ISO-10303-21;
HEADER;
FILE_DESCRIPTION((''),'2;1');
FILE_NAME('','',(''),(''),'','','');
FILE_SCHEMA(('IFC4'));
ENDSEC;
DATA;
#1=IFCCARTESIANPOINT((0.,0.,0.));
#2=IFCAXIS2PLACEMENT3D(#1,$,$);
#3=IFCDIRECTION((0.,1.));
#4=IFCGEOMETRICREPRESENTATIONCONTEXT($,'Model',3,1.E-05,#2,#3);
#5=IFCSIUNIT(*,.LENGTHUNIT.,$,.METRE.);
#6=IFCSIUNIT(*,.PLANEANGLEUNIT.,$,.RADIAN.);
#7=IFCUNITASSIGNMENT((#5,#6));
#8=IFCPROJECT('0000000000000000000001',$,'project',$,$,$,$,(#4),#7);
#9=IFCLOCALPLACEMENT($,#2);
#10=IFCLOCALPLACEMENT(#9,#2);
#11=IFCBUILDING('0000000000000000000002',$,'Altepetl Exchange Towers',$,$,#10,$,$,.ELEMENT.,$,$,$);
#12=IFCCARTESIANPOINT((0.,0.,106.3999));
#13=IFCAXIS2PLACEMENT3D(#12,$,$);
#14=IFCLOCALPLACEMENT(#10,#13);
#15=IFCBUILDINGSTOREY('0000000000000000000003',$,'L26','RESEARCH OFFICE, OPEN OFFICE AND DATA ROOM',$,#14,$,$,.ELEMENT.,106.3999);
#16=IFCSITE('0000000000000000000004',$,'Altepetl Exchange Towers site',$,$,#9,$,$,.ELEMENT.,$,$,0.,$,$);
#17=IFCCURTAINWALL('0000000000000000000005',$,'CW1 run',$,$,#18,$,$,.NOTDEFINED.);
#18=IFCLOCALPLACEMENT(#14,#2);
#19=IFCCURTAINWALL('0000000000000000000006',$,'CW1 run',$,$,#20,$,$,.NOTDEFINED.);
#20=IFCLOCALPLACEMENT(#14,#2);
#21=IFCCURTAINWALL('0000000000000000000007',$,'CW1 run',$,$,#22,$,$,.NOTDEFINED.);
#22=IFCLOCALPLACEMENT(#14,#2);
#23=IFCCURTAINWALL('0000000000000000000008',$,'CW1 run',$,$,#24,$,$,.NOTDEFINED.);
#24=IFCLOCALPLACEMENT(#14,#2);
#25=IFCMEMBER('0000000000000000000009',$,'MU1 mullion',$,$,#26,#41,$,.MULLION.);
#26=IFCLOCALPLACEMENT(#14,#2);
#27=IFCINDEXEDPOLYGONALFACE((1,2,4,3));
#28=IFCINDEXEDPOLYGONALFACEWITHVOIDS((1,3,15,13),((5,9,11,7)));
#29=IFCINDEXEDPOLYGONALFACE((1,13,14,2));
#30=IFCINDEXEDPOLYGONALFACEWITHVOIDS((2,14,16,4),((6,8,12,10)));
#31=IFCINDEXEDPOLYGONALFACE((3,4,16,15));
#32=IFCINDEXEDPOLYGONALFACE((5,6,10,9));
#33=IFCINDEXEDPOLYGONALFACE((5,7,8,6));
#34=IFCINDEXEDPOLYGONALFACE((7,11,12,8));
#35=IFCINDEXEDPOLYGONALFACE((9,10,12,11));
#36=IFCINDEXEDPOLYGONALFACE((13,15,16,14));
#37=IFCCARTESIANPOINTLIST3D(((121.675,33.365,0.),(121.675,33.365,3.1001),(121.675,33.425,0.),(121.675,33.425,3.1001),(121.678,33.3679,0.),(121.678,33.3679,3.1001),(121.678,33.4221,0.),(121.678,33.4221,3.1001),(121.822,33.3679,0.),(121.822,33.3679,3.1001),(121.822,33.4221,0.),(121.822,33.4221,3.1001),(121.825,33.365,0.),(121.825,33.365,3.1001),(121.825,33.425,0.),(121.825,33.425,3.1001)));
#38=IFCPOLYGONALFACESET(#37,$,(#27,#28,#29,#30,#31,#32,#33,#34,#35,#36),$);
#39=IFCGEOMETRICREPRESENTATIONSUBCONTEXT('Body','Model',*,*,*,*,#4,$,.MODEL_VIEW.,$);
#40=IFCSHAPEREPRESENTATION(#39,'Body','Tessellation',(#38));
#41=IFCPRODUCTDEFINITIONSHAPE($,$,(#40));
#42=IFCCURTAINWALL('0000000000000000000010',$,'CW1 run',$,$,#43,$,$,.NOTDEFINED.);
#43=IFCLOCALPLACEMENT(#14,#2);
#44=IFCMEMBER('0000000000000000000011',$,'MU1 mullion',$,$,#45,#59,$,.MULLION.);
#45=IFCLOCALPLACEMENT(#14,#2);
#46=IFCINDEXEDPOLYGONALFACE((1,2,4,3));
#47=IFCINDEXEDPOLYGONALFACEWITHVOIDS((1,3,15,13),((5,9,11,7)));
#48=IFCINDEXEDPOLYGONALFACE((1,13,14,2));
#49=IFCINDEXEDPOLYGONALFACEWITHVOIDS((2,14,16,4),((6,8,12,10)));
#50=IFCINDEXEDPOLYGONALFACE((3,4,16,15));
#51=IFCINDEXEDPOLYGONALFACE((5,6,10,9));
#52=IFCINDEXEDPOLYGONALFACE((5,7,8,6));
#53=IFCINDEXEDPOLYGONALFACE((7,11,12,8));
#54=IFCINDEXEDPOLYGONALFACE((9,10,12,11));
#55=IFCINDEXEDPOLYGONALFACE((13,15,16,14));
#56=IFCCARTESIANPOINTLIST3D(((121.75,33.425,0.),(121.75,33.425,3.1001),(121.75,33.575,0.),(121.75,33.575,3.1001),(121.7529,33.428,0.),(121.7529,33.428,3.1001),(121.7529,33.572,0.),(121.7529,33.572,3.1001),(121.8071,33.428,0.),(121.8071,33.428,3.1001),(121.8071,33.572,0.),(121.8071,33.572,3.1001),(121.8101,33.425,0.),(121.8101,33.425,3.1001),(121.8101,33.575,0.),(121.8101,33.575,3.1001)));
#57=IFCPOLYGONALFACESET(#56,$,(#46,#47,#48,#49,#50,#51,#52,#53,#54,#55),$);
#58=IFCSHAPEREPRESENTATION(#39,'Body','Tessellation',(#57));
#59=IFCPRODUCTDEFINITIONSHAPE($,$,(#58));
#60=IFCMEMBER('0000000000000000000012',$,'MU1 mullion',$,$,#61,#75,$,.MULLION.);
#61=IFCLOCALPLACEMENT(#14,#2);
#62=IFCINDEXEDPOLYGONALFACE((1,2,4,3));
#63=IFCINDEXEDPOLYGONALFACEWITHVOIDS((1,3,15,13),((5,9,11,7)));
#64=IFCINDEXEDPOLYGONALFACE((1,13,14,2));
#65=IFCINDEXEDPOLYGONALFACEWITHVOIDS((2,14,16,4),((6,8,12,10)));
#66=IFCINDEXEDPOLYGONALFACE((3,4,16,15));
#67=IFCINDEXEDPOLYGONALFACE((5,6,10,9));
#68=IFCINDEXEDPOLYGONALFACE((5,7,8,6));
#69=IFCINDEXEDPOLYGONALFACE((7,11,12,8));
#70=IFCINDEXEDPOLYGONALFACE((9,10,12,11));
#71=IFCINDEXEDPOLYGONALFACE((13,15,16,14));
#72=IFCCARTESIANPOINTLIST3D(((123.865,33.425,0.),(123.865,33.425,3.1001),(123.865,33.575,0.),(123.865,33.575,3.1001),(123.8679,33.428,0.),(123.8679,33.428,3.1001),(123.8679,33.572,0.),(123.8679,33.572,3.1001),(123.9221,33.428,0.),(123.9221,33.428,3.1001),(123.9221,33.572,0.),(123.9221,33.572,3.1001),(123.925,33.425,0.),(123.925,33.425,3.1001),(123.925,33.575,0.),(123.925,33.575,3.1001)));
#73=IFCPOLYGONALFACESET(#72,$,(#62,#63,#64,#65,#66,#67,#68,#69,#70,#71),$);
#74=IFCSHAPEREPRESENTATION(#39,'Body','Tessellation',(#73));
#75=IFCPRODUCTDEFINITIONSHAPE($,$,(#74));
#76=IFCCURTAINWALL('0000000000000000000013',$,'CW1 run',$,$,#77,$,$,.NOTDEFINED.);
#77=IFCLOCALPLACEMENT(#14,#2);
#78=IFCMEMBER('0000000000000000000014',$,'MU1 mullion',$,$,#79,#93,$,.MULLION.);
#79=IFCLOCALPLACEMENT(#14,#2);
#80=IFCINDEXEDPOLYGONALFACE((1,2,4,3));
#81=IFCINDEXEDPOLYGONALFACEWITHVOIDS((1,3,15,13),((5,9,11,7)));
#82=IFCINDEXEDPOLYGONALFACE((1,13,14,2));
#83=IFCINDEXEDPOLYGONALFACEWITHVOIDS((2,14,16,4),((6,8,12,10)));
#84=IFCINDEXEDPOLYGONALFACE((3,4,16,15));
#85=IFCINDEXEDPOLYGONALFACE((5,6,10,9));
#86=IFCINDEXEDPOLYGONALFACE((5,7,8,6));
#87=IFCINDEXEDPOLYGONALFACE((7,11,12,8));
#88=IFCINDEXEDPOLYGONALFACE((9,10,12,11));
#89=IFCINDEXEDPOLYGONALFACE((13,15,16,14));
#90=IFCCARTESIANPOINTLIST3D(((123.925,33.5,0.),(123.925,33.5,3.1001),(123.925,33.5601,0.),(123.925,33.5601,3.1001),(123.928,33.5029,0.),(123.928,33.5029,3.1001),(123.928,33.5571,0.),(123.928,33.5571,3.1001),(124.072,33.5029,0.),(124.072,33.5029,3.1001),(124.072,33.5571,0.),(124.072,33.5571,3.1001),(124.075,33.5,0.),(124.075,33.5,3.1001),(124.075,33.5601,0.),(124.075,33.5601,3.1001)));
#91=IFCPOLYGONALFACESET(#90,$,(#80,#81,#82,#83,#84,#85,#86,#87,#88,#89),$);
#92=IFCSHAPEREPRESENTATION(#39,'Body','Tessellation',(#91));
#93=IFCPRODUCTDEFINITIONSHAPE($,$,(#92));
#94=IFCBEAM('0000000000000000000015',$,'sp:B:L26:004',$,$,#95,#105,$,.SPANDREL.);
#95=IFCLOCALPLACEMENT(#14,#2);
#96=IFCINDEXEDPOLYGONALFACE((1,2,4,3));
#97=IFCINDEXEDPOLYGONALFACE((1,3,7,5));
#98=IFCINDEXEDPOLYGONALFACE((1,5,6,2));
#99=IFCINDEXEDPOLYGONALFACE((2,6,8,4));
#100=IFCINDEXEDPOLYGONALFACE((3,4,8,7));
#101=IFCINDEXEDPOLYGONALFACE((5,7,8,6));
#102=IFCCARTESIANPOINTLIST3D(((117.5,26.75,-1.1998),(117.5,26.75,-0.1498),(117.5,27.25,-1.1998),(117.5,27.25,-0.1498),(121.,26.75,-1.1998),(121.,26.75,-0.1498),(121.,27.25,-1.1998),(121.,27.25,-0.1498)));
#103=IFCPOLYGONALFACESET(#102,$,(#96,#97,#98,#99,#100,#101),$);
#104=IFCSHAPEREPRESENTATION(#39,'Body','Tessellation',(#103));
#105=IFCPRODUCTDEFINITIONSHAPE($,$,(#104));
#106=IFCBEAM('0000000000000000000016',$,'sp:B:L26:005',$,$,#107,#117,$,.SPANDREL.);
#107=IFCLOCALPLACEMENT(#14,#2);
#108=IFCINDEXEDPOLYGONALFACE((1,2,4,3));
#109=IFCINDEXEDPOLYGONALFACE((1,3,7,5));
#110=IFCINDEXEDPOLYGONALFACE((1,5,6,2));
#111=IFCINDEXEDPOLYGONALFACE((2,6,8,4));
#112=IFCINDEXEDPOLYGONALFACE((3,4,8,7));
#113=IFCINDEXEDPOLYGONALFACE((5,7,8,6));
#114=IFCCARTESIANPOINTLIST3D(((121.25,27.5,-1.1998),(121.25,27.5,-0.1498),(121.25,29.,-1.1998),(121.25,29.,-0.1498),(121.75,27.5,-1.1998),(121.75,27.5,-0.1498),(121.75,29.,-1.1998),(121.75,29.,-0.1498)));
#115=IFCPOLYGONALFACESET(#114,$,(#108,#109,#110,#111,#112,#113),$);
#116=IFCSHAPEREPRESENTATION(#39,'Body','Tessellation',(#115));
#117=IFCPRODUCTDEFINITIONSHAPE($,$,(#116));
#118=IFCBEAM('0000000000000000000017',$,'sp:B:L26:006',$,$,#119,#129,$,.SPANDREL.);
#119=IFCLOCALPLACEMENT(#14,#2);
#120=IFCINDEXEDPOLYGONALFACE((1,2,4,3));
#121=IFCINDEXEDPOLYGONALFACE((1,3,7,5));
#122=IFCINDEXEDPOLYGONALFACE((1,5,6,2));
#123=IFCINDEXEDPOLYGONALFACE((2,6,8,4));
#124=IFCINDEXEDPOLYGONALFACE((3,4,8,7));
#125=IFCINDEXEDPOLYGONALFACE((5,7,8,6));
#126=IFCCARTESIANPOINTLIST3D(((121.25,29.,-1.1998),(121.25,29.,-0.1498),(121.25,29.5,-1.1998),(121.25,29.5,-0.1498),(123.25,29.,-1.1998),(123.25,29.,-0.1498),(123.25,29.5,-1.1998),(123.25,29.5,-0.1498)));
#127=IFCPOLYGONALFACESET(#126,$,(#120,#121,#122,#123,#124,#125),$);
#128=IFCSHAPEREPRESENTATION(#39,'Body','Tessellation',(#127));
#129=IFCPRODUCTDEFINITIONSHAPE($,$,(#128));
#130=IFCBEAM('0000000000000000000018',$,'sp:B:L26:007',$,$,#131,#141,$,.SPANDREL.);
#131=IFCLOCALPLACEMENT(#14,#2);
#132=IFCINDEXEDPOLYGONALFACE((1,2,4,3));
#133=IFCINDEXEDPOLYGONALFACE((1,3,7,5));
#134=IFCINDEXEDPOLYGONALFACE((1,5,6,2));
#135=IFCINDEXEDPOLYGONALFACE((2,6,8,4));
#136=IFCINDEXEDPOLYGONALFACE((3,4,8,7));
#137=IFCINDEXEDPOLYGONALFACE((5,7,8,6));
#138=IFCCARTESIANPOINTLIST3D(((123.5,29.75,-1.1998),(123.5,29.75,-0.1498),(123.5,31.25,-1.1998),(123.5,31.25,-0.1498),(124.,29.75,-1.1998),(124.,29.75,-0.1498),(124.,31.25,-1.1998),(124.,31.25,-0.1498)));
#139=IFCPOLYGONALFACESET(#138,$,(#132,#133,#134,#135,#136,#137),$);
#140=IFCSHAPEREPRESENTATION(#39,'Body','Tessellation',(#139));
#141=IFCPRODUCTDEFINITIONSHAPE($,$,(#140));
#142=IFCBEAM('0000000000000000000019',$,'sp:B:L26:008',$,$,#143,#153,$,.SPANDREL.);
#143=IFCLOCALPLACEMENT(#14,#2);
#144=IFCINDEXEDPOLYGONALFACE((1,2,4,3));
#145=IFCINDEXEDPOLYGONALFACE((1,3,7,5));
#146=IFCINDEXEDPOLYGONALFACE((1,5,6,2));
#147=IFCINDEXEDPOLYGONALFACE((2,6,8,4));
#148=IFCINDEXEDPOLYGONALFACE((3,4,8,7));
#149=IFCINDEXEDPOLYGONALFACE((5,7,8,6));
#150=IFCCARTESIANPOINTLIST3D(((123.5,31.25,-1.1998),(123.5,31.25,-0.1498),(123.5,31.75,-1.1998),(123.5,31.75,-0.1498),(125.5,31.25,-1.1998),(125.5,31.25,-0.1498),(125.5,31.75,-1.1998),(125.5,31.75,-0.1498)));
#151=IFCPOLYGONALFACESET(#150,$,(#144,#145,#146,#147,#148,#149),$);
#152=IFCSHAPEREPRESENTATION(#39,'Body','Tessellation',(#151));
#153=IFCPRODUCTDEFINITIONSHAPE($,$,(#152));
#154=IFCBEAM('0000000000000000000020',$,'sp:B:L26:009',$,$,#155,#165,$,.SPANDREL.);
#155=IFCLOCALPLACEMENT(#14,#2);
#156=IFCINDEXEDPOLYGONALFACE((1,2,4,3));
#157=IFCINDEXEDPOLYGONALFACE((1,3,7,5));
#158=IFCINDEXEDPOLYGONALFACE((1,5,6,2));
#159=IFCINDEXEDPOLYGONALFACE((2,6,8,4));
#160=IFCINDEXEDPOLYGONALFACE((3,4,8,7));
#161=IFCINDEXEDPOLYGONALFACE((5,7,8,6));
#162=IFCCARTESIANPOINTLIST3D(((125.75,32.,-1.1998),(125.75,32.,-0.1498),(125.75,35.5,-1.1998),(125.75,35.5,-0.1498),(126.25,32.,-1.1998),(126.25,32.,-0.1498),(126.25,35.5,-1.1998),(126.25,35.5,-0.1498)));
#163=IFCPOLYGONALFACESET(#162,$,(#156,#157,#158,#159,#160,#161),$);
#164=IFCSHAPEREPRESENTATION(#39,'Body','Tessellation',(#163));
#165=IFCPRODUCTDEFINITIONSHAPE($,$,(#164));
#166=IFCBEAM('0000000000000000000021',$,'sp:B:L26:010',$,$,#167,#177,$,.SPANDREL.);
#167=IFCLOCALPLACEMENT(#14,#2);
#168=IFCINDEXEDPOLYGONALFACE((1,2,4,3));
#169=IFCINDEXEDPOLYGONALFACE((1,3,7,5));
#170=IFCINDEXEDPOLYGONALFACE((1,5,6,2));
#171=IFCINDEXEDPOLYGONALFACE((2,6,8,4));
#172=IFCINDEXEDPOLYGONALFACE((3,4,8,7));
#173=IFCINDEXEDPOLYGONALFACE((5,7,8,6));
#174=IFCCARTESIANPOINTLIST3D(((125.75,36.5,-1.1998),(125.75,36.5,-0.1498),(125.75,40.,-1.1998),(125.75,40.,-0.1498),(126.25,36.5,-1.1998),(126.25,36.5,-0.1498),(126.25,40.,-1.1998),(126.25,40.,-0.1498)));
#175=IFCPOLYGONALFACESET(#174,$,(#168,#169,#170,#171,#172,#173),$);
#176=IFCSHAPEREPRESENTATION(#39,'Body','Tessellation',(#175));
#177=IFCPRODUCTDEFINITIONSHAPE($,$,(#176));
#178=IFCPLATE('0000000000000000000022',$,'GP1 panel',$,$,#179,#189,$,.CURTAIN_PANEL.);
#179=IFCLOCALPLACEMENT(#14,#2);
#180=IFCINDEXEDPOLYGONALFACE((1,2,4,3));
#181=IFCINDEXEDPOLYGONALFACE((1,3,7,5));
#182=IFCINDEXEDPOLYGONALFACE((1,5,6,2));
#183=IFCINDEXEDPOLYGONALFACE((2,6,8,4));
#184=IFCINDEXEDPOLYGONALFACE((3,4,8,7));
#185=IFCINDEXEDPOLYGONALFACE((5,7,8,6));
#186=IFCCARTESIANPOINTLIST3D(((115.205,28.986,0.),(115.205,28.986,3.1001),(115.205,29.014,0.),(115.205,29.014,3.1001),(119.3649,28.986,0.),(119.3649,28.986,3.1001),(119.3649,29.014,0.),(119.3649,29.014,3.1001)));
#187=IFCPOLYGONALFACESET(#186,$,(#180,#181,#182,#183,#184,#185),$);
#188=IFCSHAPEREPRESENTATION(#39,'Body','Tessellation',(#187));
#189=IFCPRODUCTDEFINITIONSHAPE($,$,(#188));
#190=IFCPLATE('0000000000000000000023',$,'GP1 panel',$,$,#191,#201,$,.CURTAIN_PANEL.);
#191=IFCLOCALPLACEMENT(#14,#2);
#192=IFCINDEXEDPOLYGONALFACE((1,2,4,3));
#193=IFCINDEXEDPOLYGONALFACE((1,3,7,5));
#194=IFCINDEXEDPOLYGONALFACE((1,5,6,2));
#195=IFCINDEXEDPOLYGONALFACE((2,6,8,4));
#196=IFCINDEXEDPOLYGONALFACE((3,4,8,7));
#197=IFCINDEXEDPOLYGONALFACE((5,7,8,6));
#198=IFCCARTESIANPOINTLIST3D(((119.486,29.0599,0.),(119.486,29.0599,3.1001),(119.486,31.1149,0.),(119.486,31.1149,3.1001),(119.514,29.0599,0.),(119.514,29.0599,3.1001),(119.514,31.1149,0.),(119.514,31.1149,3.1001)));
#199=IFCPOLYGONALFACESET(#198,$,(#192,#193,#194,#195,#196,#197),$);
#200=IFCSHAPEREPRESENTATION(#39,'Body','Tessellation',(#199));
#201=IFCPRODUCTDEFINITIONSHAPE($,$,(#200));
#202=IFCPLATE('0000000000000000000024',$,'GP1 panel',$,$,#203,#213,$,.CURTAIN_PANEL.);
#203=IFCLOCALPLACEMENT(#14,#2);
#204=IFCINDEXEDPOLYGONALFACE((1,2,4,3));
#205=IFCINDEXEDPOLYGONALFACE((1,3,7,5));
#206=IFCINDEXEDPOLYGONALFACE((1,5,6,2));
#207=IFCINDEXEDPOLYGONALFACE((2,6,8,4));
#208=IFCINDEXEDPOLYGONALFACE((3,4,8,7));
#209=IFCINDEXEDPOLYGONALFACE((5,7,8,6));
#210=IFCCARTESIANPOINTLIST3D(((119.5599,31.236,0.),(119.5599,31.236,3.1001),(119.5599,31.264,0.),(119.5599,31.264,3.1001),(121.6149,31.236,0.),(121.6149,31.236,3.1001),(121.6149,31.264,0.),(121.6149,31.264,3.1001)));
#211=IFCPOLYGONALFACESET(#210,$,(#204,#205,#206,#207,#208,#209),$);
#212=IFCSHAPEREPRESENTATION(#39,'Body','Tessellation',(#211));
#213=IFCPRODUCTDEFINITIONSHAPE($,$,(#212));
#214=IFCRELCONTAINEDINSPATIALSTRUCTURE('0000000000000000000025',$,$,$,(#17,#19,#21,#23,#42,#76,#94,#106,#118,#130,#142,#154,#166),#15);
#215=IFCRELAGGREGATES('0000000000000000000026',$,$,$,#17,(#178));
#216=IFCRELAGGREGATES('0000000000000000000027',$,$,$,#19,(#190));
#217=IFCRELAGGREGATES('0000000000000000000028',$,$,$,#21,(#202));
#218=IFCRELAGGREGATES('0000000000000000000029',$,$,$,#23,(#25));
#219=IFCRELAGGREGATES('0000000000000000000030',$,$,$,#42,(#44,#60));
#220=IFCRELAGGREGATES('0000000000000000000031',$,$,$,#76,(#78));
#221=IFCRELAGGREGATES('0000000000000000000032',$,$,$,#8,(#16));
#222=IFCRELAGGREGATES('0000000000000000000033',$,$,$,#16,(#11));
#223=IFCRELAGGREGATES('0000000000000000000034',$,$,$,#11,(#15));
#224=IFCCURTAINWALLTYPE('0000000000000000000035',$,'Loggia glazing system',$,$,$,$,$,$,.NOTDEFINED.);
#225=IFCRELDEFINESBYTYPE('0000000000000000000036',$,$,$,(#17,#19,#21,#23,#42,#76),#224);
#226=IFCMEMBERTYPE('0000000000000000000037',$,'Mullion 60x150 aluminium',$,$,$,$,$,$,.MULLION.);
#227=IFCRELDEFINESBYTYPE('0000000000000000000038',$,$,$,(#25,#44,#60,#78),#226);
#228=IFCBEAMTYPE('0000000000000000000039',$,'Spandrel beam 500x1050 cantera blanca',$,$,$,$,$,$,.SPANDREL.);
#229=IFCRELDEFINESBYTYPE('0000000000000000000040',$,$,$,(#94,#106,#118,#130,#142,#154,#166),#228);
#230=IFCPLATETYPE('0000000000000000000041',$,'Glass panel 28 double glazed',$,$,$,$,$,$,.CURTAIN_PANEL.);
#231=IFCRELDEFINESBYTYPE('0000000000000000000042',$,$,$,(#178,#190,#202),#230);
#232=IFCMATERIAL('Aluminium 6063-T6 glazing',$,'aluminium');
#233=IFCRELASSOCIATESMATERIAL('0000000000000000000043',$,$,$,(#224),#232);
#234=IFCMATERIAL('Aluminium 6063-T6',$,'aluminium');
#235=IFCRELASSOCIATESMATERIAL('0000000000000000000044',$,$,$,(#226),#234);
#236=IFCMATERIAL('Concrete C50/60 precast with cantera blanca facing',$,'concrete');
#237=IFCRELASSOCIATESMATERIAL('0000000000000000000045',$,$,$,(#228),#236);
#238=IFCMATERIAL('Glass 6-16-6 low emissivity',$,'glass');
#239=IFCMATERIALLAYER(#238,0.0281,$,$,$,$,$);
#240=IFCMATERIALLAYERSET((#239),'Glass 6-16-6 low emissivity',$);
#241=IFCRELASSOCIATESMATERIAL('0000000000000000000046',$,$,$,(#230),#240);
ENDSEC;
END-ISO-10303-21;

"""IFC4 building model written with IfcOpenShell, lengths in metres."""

from ifc_helpers import new_model, si_unit, direction, frame, origin, origin_2d, place, context, subcontext, project, spatial, rectangle, hollow_rectangle, extrude, material, layer, layer_set, material_profile, profile_set, type_object, element, aggregate, save


model = new_model("IFC4")

# Units and contexts
model_context = context("Model", 3, precision=1e-05, world=origin(), true_north=direction((0.0, 1.0)))
body_context = subcontext(model_context, "Body", "Model", "MODEL_VIEW")
ifc_project = project(units=[si_unit("LENGTHUNIT", "METRE"), si_unit("PLANEANGLEUNIT", "RADIAN")], contexts=[model_context])

# Site, building, storey
site_placement = place(None, origin())
site = spatial("IfcSite", under=ifc_project, at=site_placement, Name="Altepetl Exchange Towers site", CompositionType="ELEMENT", RefElevation=0.0)
building_placement = place(site_placement, origin())
building = spatial("IfcBuilding", under=site, at=building_placement, Name="Altepetl Exchange Towers", CompositionType="ELEMENT")
storey_placement = place(building_placement, frame((0.0, 0.0, 106.3999)))
storey = spatial("IfcBuildingStorey", under=building, at=storey_placement, Name="L26", Description="RESEARCH OFFICE, OPEN OFFICE AND DATA ROOM", CompositionType="ELEMENT", Elevation=106.3999)

# Curtain wall
ifc_material_1 = material(Name="Aluminium 6063-T6 glazing", Category="aluminium")
curtain_wall_type = type_object("IfcCurtainWallType", Name="Loggia glazing system", PredefinedType="NOTDEFINED", material=ifc_material_1)
curtain_wall_1_placement = place(storey_placement, origin())
curtain_wall_1 = element("IfcCurtainWall", 1, at=curtain_wall_1_placement, inside=storey, type_object=curtain_wall_type, Name="CW1 run", PredefinedType="NOTDEFINED")
ifc_material_2 = material(Name="Aluminium 6063-T6", Category="aluminium")
ifc_material_profile_1 = material_profile(ifc_material_2, hollow_rectangle(XDim=0.0601, YDim=0.1499, WallThickness=0.0029, at=origin_2d()), Name="Mullion 60x150 aluminium")
ifc_profile_set_1 = profile_set([ifc_material_profile_1], Name="Aluminium 6063-T6")
member_type = type_object("IfcMemberType", Name="Mullion 60x150 aluminium", PredefinedType="MULLION", material=ifc_profile_set_1)

# Curtain walls, members
curtain_wall_2_placement = place(storey_placement, origin())
curtain_wall_2 = element("IfcCurtainWall", 2, at=curtain_wall_2_placement, inside=storey, type_object=curtain_wall_type, Name="CW1 run", PredefinedType="NOTDEFINED")
curtain_wall_3_placement = place(storey_placement, origin())
curtain_wall_3 = element("IfcCurtainWall", 3, at=curtain_wall_3_placement, inside=storey, type_object=curtain_wall_type, Name="CW1 run", PredefinedType="NOTDEFINED")
curtain_wall_4_placement = place(storey_placement, origin())
curtain_wall_4 = element("IfcCurtainWall", 4, at=curtain_wall_4_placement, inside=storey, type_object=curtain_wall_type, Name="CW1 run", PredefinedType="NOTDEFINED")
member_1_placement = place(storey_placement, frame((121.75, 33.395, 0.0), z_axis=(0.0, 0.0, 1.0), x_axis=(0.0, 1.0, 0.0)))
member_1 = element("IfcMember", 5, at=member_1_placement, type_object=member_type, Name="MU1 mullion", PredefinedType="MULLION", context=body_context, shape_type="SweptSolid", body=[
    extrude(hollow_rectangle(XDim=0.0601, YDim=0.1499, WallThickness=0.0029, at=origin_2d()), origin(), (0.0, 0.0, 1.0), 3.1001),
])
curtain_wall_5_placement = place(storey_placement, origin())
curtain_wall_5 = element("IfcCurtainWall", 6, at=curtain_wall_5_placement, inside=storey, type_object=curtain_wall_type, Name="CW1 run", PredefinedType="NOTDEFINED")
member_2_placement = place(storey_placement, frame((121.78, 33.5, 0.0)))
member_2 = element("IfcMember", 7, at=member_2_placement, type_object=member_type, Name="MU1 mullion", PredefinedType="MULLION", context=body_context, shape_type="SweptSolid", body=[
    extrude(hollow_rectangle(XDim=0.0601, YDim=0.1499, WallThickness=0.0029, at=origin_2d()), origin(), (0.0, 0.0, 1.0), 3.1001),
])
member_3_placement = place(storey_placement, frame((123.895, 33.5, 0.0)))
member_3 = element("IfcMember", 8, at=member_3_placement, type_object=member_type, Name="MU1 mullion", PredefinedType="MULLION", context=body_context, shape_type="SweptSolid", body=[
    extrude(hollow_rectangle(XDim=0.0601, YDim=0.1499, WallThickness=0.0029, at=origin_2d()), origin(), (0.0, 0.0, 1.0), 3.1001),
])

# Curtain wall, member
curtain_wall_6_placement = place(storey_placement, origin())
curtain_wall_6 = element("IfcCurtainWall", 9, at=curtain_wall_6_placement, inside=storey, type_object=curtain_wall_type, Name="CW1 run", PredefinedType="NOTDEFINED")
member_4_placement = place(storey_placement, frame((124.0, 33.53, 0.0), z_axis=(0.0, 0.0, 1.0), x_axis=(0.0, 1.0, 0.0)))
member_4 = element("IfcMember", 10, at=member_4_placement, type_object=member_type, Name="MU1 mullion", PredefinedType="MULLION", context=body_context, shape_type="SweptSolid", body=[
    extrude(hollow_rectangle(XDim=0.0601, YDim=0.1499, WallThickness=0.0029, at=origin_2d()), origin(), (0.0, 0.0, 1.0), 3.1001),
])

# Beams
ifc_material_3 = material(Name="Concrete C50/60 precast with cantera blanca facing", Category="concrete")
ifc_material_profile_2 = material_profile(ifc_material_3, rectangle(XDim=0.5, YDim=1.05, at=origin_2d()), Name="500 x 1050")
ifc_profile_set_2 = profile_set([ifc_material_profile_2], Name="Concrete C50/60 precast with cantera blanca facing")
beam_type_1 = type_object("IfcBeamType", Name="Spandrel beam 500x1050 cantera blanca", PredefinedType="SPANDREL", material=ifc_profile_set_2)
beam_1_placement = place(storey_placement, frame((117.5, 27.0, -0.6748), z_axis=(1.0, 0.0, 0.0), x_axis=(0.0, 1.0, 0.0)))
element("IfcBeam", 11, at=beam_1_placement, inside=storey, type_object=beam_type_1, Name="sp:B:L26:004", PredefinedType="SPANDREL", context=body_context, shape_type="SweptSolid", body=[
    extrude(rectangle(XDim=0.5, YDim=1.05, at=origin_2d()), origin(), (0.0, 0.0, 1.0), 3.5),
])
beam_2_placement = place(storey_placement, frame((121.5, 27.5, -0.6748), z_axis=(0.0, 1.0, 0.0), x_axis=(-1.0, 0.0, 0.0)))
element("IfcBeam", 12, at=beam_2_placement, inside=storey, type_object=beam_type_1, Name="sp:B:L26:005", PredefinedType="SPANDREL", context=body_context, shape_type="SweptSolid", body=[
    extrude(rectangle(XDim=0.5, YDim=1.05, at=origin_2d()), origin(), (0.0, 0.0, 1.0), 1.5),
])
beam_3_placement = place(storey_placement, frame((121.25, 29.25, -0.6748), z_axis=(1.0, 0.0, 0.0), x_axis=(0.0, 1.0, 0.0)))
element("IfcBeam", 13, at=beam_3_placement, inside=storey, type_object=beam_type_1, Name="sp:B:L26:006", PredefinedType="SPANDREL", context=body_context, shape_type="SweptSolid", body=[
    extrude(rectangle(XDim=0.5, YDim=1.05, at=origin_2d()), origin(), (0.0, 0.0, 1.0), 2.0),
])
beam_4_placement = place(storey_placement, frame((123.75, 29.75, -0.6748), z_axis=(0.0, 1.0, 0.0), x_axis=(-1.0, 0.0, 0.0)))
element("IfcBeam", 14, at=beam_4_placement, inside=storey, type_object=beam_type_1, Name="sp:B:L26:007", PredefinedType="SPANDREL", context=body_context, shape_type="SweptSolid", body=[
    extrude(rectangle(XDim=0.5, YDim=1.05, at=origin_2d()), origin(), (0.0, 0.0, 1.0), 1.5),
])
beam_5_placement = place(storey_placement, frame((123.5, 31.5, -0.6748), z_axis=(1.0, 0.0, 0.0), x_axis=(0.0, 1.0, 0.0)))
element("IfcBeam", 15, at=beam_5_placement, inside=storey, type_object=beam_type_1, Name="sp:B:L26:008", PredefinedType="SPANDREL", context=body_context, shape_type="SweptSolid", body=[
    extrude(rectangle(XDim=0.5, YDim=1.05, at=origin_2d()), origin(), (0.0, 0.0, 1.0), 2.0),
])
for number, where, z_axis, x_axis, name in (
    (16, (126.0, 32.0, -0.6748), (0.0, 1.0, 0.0), (-1.0, 0.0, 0.0), "sp:B:L26:009"),
    (17, (126.0, 36.5, -0.6748), (0.0, 1.0, 0.0), (-1.0, 0.0, 0.0), "sp:B:L26:010"),
):
    element("IfcBeam", number, at=place(storey_placement, frame(where, z_axis=z_axis, x_axis=x_axis)), inside=storey, type_object=beam_type_1, Name=name, PredefinedType="SPANDREL", context=body_context, shape_type="SweptSolid", body=[
        extrude(rectangle(XDim=0.5, YDim=1.05, at=origin_2d()), origin(), (0.0, 0.0, 1.0), 3.5),
    ])

# Plates
ifc_material_4 = material(Name="Glass 6-16-6 low emissivity", Category="glass")
ifc_layer_1 = layer(ifc_material_4, 0.0281)
ifc_layer_set_1 = layer_set([ifc_layer_1], Name="Glass 6-16-6 low emissivity")
plate_type = type_object("IfcPlateType", Name="Glass panel 28 double glazed", PredefinedType="CURTAIN_PANEL", material=ifc_layer_set_1)
plate_1_placement = place(storey_placement, frame((117.2849, 29.0, 0.0)))
plate_1 = element("IfcPlate", 18, at=plate_1_placement, type_object=plate_type, Name="GP1 panel", PredefinedType="CURTAIN_PANEL", context=body_context, shape_type="SweptSolid", body=[
    extrude(rectangle(XDim=4.1599, YDim=0.0281, at=origin_2d()), origin(), (0.0, 0.0, 1.0), 3.1001),
])
aggregate(curtain_wall_1, [plate_1])
plate_2_placement = place(storey_placement, frame((119.5, 30.0874, 0.0), z_axis=(0.0, 0.0, 1.0), x_axis=(0.0, 1.0, 0.0)))
plate_2 = element("IfcPlate", 19, at=plate_2_placement, type_object=plate_type, Name="GP1 panel", PredefinedType="CURTAIN_PANEL", context=body_context, shape_type="SweptSolid", body=[
    extrude(rectangle(XDim=2.0549, YDim=0.0281, at=origin_2d()), origin(), (0.0, 0.0, 1.0), 3.1001),
])
aggregate(curtain_wall_2, [plate_2])
plate_3_placement = place(storey_placement, frame((120.5874, 31.25, 0.0)))
plate_3 = element("IfcPlate", 20, at=plate_3_placement, type_object=plate_type, Name="GP1 panel", PredefinedType="CURTAIN_PANEL", context=body_context, shape_type="SweptSolid", body=[
    extrude(rectangle(XDim=2.0549, YDim=0.0281, at=origin_2d()), origin(), (0.0, 0.0, 1.0), 3.1001),
])
aggregate(curtain_wall_3, [plate_3])
aggregate(curtain_wall_4, [member_1])
aggregate(curtain_wall_5, [member_2, member_3])
aggregate(curtain_wall_6, [member_4])

save(model, "model.ifc")
